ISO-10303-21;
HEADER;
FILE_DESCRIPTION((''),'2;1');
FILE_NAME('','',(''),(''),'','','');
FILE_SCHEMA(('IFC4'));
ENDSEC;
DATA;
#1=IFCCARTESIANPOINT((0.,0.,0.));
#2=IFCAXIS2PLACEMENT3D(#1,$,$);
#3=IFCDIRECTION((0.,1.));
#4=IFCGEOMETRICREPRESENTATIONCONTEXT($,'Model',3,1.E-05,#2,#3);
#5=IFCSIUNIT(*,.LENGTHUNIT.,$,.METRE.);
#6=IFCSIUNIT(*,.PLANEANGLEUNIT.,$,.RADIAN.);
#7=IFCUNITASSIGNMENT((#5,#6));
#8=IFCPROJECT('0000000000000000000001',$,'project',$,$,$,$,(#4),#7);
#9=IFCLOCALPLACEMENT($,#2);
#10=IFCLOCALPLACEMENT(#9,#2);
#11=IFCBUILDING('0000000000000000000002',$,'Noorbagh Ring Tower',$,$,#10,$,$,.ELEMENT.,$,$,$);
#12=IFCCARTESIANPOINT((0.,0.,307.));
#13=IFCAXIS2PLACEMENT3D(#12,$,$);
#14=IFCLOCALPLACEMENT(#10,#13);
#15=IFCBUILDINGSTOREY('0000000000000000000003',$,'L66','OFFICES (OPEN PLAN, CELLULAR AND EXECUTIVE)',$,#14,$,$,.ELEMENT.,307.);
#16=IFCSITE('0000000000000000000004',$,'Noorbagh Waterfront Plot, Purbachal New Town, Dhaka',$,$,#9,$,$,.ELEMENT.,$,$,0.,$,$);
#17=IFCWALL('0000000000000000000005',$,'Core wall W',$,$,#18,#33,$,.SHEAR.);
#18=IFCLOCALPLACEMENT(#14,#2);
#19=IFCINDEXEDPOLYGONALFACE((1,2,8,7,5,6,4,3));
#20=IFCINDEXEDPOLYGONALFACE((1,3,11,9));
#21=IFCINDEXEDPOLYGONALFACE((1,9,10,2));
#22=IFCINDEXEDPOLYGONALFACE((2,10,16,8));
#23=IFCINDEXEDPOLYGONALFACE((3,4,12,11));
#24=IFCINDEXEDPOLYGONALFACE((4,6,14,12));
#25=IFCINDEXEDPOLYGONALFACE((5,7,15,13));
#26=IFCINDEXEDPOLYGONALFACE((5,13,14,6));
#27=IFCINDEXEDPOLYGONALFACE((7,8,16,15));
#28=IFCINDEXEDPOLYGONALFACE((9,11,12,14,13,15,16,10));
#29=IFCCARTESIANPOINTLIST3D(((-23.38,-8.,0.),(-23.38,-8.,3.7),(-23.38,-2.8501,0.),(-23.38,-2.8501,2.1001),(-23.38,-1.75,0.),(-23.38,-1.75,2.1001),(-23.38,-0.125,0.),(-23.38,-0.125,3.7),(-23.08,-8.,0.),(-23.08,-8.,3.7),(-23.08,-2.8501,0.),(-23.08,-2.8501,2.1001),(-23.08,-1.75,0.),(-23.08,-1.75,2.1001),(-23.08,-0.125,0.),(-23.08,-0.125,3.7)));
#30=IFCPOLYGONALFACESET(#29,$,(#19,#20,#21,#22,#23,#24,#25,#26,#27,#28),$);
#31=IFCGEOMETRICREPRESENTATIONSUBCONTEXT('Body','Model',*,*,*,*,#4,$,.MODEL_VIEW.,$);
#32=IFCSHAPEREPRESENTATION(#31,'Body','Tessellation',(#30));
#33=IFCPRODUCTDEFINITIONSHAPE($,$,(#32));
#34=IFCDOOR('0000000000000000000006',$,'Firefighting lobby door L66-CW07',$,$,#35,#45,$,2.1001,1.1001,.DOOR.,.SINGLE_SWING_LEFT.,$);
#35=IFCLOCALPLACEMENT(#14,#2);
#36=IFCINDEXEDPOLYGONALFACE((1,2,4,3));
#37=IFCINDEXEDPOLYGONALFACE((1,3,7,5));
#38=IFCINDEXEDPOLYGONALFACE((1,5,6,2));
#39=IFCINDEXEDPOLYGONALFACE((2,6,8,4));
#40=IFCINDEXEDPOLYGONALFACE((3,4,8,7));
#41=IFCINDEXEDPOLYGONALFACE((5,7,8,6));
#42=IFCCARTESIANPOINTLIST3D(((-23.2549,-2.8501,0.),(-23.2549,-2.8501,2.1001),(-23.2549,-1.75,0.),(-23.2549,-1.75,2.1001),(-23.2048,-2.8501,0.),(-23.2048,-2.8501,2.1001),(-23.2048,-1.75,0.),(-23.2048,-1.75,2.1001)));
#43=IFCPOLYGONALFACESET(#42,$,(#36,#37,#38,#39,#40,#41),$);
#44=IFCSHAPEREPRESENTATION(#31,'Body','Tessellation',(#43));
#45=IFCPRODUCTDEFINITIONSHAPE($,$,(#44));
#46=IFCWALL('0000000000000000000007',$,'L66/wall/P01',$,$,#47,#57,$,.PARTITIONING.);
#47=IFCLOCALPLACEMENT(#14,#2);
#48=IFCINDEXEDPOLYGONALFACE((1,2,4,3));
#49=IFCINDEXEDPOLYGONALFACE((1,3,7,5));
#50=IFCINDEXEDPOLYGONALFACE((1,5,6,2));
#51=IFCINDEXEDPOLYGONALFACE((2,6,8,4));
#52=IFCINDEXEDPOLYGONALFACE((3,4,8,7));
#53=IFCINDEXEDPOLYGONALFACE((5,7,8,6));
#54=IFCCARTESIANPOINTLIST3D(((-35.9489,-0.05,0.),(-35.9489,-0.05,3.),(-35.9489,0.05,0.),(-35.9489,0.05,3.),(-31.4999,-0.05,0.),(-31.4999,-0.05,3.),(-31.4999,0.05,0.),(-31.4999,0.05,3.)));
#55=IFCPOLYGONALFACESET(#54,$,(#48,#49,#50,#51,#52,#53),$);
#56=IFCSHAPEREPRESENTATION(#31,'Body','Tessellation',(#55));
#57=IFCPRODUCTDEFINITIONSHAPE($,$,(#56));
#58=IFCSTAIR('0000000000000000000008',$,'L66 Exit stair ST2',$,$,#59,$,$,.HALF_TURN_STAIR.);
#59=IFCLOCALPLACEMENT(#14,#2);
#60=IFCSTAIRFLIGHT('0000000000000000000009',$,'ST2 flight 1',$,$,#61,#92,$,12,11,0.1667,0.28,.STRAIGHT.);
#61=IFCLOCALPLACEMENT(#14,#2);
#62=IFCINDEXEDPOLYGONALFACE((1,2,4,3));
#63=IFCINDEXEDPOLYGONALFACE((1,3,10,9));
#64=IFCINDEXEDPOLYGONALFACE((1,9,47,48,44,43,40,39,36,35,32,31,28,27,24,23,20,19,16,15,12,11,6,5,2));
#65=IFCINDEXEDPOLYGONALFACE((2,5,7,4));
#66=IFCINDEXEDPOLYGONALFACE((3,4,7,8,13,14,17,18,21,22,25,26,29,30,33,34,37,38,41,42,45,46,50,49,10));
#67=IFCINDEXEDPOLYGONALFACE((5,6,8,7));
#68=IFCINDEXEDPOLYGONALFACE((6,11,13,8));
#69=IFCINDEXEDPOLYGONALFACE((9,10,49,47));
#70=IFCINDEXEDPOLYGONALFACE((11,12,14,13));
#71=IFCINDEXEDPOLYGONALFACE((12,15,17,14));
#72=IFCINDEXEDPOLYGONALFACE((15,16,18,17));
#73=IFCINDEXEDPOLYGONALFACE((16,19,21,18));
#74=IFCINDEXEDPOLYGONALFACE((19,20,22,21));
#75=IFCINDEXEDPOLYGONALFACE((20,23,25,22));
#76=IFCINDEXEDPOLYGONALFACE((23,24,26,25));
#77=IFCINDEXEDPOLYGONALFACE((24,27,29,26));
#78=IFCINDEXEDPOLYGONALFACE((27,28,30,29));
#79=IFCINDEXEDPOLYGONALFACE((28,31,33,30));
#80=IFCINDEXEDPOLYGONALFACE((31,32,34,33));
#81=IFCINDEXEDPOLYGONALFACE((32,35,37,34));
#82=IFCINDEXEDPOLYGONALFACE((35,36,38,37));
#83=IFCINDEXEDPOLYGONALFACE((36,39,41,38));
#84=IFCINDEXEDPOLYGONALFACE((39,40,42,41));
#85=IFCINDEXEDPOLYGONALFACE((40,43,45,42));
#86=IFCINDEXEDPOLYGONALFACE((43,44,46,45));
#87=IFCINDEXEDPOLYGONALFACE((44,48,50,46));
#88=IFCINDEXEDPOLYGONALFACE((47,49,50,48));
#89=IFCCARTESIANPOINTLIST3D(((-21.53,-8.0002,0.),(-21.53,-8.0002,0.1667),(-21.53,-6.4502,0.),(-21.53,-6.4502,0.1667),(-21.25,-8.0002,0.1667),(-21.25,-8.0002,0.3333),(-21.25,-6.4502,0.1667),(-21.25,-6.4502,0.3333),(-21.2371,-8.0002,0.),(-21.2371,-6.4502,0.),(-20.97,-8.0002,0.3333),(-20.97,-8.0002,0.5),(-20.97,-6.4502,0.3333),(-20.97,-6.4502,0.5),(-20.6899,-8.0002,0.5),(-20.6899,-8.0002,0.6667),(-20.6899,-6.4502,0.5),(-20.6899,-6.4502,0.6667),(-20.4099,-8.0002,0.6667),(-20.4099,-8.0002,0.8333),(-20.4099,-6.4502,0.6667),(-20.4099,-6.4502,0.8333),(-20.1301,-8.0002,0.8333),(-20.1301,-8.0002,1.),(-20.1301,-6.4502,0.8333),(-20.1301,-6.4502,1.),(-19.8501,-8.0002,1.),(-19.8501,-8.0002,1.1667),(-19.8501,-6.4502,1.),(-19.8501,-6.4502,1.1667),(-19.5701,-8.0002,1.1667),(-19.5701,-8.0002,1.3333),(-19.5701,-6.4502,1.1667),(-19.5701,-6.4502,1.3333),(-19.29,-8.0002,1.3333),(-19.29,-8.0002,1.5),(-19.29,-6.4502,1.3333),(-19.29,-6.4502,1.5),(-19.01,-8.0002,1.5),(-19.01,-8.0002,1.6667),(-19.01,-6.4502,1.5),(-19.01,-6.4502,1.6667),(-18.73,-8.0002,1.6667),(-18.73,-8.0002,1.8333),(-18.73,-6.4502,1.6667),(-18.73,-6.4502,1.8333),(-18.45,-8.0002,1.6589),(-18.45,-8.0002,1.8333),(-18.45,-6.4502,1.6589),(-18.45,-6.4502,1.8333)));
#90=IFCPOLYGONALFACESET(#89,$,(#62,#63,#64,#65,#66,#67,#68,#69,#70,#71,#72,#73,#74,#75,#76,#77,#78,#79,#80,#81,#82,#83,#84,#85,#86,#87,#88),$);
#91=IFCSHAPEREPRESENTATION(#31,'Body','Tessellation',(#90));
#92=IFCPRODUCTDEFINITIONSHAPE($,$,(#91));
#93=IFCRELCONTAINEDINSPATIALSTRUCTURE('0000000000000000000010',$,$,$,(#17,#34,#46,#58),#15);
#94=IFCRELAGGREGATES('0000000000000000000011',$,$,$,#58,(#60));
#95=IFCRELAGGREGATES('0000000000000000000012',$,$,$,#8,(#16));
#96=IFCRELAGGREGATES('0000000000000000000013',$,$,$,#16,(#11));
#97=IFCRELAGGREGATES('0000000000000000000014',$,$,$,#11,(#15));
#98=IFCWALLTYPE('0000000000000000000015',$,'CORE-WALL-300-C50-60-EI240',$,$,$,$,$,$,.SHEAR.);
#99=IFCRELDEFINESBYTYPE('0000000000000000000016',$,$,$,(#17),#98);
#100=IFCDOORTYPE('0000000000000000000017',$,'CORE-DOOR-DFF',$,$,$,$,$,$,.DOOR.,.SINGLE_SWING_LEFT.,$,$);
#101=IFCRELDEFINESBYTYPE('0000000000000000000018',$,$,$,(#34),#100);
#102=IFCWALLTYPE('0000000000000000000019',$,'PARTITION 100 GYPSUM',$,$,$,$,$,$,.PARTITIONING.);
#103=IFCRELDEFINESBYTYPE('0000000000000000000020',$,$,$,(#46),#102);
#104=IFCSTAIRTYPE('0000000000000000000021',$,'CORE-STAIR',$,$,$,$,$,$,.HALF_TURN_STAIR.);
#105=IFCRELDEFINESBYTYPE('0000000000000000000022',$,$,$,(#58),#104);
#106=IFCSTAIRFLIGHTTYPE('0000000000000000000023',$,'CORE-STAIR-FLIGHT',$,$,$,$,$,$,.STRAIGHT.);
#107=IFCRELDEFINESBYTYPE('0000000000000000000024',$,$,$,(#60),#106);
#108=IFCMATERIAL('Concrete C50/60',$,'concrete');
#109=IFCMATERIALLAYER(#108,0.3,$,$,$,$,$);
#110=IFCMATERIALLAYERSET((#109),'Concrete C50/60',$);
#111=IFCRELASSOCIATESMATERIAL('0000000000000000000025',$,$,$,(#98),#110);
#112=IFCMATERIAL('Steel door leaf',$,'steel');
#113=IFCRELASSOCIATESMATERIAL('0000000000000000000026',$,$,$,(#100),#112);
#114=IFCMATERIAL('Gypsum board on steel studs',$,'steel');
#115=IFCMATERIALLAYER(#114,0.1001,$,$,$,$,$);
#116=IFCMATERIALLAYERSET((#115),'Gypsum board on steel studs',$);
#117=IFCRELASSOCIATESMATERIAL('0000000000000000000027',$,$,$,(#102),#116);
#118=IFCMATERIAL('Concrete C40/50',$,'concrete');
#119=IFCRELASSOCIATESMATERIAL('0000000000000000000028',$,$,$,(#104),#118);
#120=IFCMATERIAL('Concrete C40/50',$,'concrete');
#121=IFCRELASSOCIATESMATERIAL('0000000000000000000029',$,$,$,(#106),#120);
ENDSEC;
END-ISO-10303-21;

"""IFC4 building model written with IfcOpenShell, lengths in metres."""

from ifc_helpers import new_model, si_unit, direction, frame, frame_2d, origin, place, context, subcontext, project, spatial, polyline, rectangle, outline, extrude, material, layer, layer_set, type_object, element, fill, aggregate, save


model = new_model("IFC4")

# Units and contexts
model_context = context("Model", 3, precision=1e-05, world=origin(), true_north=direction((0.0, 1.0)))
body_context = subcontext(model_context, "Body", "Model", "MODEL_VIEW")
ifc_project = project(units=[si_unit("LENGTHUNIT", "METRE"), si_unit("PLANEANGLEUNIT", "RADIAN")], contexts=[model_context])

# Site, building, storey
site_placement = place(None, origin())
site = spatial("IfcSite", under=ifc_project, at=site_placement, Name="Noorbagh Waterfront Plot, Purbachal New Town, Dhaka", CompositionType="ELEMENT", RefElevation=0.0)
building_placement = place(site_placement, origin())
building = spatial("IfcBuilding", under=site, at=building_placement, Name="Noorbagh Ring Tower", CompositionType="ELEMENT")
storey_placement = place(building_placement, frame((0.0, 0.0, 307.0)))
storey = spatial("IfcBuildingStorey", under=building, at=storey_placement, Name="L66", Description="OFFICES (OPEN PLAN, CELLULAR AND EXECUTIVE)", CompositionType="ELEMENT", Elevation=307.0)

# Wall, opening, door
ifc_material_1 = material(Name="Concrete C50/60", Category="concrete")
ifc_layer_1 = layer(ifc_material_1, 0.3)
ifc_layer_set_1 = layer_set([ifc_layer_1], Name="Concrete C50/60")
wall_type_1 = type_object("IfcWallType", Name="CORE-WALL-300-C50-60-EI240", PredefinedType="SHEAR", material=ifc_layer_set_1)
wall_1_placement = place(storey_placement, frame((-23.23, -8.0, 0.0), z_axis=(0.0, 0.0, 1.0), x_axis=(0.0, 1.0, 0.0)))
wall_1 = element("IfcWall", 1, at=wall_1_placement, inside=storey, type_object=wall_type_1, Name="Core wall W", PredefinedType="SHEAR", context=body_context, shape_type="SweptSolid", body=[
    extrude(rectangle(XDim=7.875, YDim=0.3, at=frame_2d((3.9375, 0.0))), origin(), (0.0, 0.0, 1.0), 3.7),
])
opening_1_placement = place(wall_1_placement, frame((5.1499, 0.0, 0.0)))
opening_1 = element("IfcOpeningElement", 2, at=opening_1_placement, cuts=wall_1, PredefinedType="OPENING", context=body_context, shape_type="SweptSolid", body=[
    extrude(rectangle(XDim=1.1001, YDim=2.1001, at=frame_2d((0.55, 1.05))), frame((0.0, 0.1602, 0.0), z_axis=(0.0, -1.0, 0.0), x_axis=(1.0, 0.0, 0.0)), (0.0, 0.0, 1.0), 0.3201),
])
ifc_material_2 = material(Name="Steel door leaf", Category="steel")
door_type_1 = type_object("IfcDoorType", Name="CORE-DOOR-DFF", OperationType="SINGLE_SWING_LEFT", PredefinedType="DOOR", material=ifc_material_2)
door_1_placement = place(opening_1_placement, origin())
door_1 = element("IfcDoor", 3, at=door_1_placement, inside=storey, type_object=door_type_1, Name="Firefighting lobby door L66-CW07", OperationType="SINGLE_SWING_LEFT", OverallHeight=2.1001, OverallWidth=1.1001, PredefinedType="DOOR", context=body_context, shape_type="SweptSolid", body=[
    extrude(rectangle(XDim=1.1001, YDim=2.1001, at=frame_2d((0.55, 1.05))), frame((0.0, 0.0249, 0.0), z_axis=(0.0, -1.0, 0.0), x_axis=(1.0, 0.0, 0.0)), (0.0, 0.0, 1.0), 0.05),
])
fill(opening_1, door_1)

# Wall
ifc_material_3 = material(Name="Gypsum board on steel studs", Category="steel")
ifc_layer_2 = layer(ifc_material_3, 0.1001)
ifc_layer_set_2 = layer_set([ifc_layer_2], Name="Gypsum board on steel studs")
wall_type_2 = type_object("IfcWallType", Name="PARTITION 100 GYPSUM", PredefinedType="PARTITIONING", material=ifc_layer_set_2)
wall_2_placement = place(storey_placement, frame((-35.949, 0.0, 0.0), z_axis=(0.0, 0.0, 1.0), x_axis=(1.0, 0.0, 0.0)))
element("IfcWall", 4, at=wall_2_placement, inside=storey, type_object=wall_type_2, Name="L66/wall/P01", PredefinedType="PARTITIONING", context=body_context, shape_type="SweptSolid", body=[
    extrude(rectangle(XDim=4.449, YDim=0.1001, at=frame_2d((2.2246, 0.0))), origin(), (0.0, 0.0, 1.0), 3.0),
])

# Stair, stair flight
ifc_material_4 = material(Name="Concrete C40/50", Category="concrete")
stair_type = type_object("IfcStairType", Name="CORE-STAIR", PredefinedType="HALF_TURN_STAIR", material=ifc_material_4)
stair_placement = place(storey_placement, origin())
stair = element("IfcStair", 5, at=stair_placement, inside=storey, type_object=stair_type, Name="L66 Exit stair ST2", PredefinedType="HALF_TURN_STAIR")
ifc_material_5 = material(Name="Concrete C40/50", Category="concrete")
stair_flight_type = type_object("IfcStairFlightType", Name="CORE-STAIR-FLIGHT", PredefinedType="STRAIGHT", material=ifc_material_5)
stair_flight_placement = place(storey_placement, frame((-21.53, -7.2251, 0.0), z_axis=(0.0, 0.0, 1.0), x_axis=(1.0, 0.0, 0.0)))
stair_flight = element("IfcStairFlight", 6, at=stair_flight_placement, type_object=stair_flight_type, Name="ST2 flight 1", NumberOfRisers=12, NumberOfTreads=11, PredefinedType="STRAIGHT", RiserHeight=0.1667, TreadLength=0.28, context=body_context, shape_type="SweptSolid", body=[
    extrude(outline(polyline([(0.0, 0.0), (0.0, 0.1667), (0.28, 0.1667), (0.28, 0.3333), (0.5601, 0.3333), (0.5601, 0.5), (0.8401, 0.5), (0.8401, 0.6667), (1.1201, 0.6667), (1.1201, 0.8333), (1.3999, 0.8333), (1.3999, 1.0), (1.6799, 1.0), (1.6799, 1.1667), (1.96, 1.1667), (1.96, 1.3333), (2.24, 1.3333), (2.24, 1.5), (2.52, 1.5), (2.52, 1.6667), (2.8, 1.6667), (2.8, 1.8333), (3.0801, 1.8333), (3.0801, 2.0), (3.0801, 1.6589), (0.293, 0.0), (0.0, 0.0)])), frame((0.0, 0.7749, 0.0), z_axis=(0.0, -1.0, 0.0), x_axis=(1.0, 0.0, 0.0)), (0.0, 0.0, 1.0), 1.55),
])
aggregate(stair, [stair_flight])

save(model, "model.ifc")
